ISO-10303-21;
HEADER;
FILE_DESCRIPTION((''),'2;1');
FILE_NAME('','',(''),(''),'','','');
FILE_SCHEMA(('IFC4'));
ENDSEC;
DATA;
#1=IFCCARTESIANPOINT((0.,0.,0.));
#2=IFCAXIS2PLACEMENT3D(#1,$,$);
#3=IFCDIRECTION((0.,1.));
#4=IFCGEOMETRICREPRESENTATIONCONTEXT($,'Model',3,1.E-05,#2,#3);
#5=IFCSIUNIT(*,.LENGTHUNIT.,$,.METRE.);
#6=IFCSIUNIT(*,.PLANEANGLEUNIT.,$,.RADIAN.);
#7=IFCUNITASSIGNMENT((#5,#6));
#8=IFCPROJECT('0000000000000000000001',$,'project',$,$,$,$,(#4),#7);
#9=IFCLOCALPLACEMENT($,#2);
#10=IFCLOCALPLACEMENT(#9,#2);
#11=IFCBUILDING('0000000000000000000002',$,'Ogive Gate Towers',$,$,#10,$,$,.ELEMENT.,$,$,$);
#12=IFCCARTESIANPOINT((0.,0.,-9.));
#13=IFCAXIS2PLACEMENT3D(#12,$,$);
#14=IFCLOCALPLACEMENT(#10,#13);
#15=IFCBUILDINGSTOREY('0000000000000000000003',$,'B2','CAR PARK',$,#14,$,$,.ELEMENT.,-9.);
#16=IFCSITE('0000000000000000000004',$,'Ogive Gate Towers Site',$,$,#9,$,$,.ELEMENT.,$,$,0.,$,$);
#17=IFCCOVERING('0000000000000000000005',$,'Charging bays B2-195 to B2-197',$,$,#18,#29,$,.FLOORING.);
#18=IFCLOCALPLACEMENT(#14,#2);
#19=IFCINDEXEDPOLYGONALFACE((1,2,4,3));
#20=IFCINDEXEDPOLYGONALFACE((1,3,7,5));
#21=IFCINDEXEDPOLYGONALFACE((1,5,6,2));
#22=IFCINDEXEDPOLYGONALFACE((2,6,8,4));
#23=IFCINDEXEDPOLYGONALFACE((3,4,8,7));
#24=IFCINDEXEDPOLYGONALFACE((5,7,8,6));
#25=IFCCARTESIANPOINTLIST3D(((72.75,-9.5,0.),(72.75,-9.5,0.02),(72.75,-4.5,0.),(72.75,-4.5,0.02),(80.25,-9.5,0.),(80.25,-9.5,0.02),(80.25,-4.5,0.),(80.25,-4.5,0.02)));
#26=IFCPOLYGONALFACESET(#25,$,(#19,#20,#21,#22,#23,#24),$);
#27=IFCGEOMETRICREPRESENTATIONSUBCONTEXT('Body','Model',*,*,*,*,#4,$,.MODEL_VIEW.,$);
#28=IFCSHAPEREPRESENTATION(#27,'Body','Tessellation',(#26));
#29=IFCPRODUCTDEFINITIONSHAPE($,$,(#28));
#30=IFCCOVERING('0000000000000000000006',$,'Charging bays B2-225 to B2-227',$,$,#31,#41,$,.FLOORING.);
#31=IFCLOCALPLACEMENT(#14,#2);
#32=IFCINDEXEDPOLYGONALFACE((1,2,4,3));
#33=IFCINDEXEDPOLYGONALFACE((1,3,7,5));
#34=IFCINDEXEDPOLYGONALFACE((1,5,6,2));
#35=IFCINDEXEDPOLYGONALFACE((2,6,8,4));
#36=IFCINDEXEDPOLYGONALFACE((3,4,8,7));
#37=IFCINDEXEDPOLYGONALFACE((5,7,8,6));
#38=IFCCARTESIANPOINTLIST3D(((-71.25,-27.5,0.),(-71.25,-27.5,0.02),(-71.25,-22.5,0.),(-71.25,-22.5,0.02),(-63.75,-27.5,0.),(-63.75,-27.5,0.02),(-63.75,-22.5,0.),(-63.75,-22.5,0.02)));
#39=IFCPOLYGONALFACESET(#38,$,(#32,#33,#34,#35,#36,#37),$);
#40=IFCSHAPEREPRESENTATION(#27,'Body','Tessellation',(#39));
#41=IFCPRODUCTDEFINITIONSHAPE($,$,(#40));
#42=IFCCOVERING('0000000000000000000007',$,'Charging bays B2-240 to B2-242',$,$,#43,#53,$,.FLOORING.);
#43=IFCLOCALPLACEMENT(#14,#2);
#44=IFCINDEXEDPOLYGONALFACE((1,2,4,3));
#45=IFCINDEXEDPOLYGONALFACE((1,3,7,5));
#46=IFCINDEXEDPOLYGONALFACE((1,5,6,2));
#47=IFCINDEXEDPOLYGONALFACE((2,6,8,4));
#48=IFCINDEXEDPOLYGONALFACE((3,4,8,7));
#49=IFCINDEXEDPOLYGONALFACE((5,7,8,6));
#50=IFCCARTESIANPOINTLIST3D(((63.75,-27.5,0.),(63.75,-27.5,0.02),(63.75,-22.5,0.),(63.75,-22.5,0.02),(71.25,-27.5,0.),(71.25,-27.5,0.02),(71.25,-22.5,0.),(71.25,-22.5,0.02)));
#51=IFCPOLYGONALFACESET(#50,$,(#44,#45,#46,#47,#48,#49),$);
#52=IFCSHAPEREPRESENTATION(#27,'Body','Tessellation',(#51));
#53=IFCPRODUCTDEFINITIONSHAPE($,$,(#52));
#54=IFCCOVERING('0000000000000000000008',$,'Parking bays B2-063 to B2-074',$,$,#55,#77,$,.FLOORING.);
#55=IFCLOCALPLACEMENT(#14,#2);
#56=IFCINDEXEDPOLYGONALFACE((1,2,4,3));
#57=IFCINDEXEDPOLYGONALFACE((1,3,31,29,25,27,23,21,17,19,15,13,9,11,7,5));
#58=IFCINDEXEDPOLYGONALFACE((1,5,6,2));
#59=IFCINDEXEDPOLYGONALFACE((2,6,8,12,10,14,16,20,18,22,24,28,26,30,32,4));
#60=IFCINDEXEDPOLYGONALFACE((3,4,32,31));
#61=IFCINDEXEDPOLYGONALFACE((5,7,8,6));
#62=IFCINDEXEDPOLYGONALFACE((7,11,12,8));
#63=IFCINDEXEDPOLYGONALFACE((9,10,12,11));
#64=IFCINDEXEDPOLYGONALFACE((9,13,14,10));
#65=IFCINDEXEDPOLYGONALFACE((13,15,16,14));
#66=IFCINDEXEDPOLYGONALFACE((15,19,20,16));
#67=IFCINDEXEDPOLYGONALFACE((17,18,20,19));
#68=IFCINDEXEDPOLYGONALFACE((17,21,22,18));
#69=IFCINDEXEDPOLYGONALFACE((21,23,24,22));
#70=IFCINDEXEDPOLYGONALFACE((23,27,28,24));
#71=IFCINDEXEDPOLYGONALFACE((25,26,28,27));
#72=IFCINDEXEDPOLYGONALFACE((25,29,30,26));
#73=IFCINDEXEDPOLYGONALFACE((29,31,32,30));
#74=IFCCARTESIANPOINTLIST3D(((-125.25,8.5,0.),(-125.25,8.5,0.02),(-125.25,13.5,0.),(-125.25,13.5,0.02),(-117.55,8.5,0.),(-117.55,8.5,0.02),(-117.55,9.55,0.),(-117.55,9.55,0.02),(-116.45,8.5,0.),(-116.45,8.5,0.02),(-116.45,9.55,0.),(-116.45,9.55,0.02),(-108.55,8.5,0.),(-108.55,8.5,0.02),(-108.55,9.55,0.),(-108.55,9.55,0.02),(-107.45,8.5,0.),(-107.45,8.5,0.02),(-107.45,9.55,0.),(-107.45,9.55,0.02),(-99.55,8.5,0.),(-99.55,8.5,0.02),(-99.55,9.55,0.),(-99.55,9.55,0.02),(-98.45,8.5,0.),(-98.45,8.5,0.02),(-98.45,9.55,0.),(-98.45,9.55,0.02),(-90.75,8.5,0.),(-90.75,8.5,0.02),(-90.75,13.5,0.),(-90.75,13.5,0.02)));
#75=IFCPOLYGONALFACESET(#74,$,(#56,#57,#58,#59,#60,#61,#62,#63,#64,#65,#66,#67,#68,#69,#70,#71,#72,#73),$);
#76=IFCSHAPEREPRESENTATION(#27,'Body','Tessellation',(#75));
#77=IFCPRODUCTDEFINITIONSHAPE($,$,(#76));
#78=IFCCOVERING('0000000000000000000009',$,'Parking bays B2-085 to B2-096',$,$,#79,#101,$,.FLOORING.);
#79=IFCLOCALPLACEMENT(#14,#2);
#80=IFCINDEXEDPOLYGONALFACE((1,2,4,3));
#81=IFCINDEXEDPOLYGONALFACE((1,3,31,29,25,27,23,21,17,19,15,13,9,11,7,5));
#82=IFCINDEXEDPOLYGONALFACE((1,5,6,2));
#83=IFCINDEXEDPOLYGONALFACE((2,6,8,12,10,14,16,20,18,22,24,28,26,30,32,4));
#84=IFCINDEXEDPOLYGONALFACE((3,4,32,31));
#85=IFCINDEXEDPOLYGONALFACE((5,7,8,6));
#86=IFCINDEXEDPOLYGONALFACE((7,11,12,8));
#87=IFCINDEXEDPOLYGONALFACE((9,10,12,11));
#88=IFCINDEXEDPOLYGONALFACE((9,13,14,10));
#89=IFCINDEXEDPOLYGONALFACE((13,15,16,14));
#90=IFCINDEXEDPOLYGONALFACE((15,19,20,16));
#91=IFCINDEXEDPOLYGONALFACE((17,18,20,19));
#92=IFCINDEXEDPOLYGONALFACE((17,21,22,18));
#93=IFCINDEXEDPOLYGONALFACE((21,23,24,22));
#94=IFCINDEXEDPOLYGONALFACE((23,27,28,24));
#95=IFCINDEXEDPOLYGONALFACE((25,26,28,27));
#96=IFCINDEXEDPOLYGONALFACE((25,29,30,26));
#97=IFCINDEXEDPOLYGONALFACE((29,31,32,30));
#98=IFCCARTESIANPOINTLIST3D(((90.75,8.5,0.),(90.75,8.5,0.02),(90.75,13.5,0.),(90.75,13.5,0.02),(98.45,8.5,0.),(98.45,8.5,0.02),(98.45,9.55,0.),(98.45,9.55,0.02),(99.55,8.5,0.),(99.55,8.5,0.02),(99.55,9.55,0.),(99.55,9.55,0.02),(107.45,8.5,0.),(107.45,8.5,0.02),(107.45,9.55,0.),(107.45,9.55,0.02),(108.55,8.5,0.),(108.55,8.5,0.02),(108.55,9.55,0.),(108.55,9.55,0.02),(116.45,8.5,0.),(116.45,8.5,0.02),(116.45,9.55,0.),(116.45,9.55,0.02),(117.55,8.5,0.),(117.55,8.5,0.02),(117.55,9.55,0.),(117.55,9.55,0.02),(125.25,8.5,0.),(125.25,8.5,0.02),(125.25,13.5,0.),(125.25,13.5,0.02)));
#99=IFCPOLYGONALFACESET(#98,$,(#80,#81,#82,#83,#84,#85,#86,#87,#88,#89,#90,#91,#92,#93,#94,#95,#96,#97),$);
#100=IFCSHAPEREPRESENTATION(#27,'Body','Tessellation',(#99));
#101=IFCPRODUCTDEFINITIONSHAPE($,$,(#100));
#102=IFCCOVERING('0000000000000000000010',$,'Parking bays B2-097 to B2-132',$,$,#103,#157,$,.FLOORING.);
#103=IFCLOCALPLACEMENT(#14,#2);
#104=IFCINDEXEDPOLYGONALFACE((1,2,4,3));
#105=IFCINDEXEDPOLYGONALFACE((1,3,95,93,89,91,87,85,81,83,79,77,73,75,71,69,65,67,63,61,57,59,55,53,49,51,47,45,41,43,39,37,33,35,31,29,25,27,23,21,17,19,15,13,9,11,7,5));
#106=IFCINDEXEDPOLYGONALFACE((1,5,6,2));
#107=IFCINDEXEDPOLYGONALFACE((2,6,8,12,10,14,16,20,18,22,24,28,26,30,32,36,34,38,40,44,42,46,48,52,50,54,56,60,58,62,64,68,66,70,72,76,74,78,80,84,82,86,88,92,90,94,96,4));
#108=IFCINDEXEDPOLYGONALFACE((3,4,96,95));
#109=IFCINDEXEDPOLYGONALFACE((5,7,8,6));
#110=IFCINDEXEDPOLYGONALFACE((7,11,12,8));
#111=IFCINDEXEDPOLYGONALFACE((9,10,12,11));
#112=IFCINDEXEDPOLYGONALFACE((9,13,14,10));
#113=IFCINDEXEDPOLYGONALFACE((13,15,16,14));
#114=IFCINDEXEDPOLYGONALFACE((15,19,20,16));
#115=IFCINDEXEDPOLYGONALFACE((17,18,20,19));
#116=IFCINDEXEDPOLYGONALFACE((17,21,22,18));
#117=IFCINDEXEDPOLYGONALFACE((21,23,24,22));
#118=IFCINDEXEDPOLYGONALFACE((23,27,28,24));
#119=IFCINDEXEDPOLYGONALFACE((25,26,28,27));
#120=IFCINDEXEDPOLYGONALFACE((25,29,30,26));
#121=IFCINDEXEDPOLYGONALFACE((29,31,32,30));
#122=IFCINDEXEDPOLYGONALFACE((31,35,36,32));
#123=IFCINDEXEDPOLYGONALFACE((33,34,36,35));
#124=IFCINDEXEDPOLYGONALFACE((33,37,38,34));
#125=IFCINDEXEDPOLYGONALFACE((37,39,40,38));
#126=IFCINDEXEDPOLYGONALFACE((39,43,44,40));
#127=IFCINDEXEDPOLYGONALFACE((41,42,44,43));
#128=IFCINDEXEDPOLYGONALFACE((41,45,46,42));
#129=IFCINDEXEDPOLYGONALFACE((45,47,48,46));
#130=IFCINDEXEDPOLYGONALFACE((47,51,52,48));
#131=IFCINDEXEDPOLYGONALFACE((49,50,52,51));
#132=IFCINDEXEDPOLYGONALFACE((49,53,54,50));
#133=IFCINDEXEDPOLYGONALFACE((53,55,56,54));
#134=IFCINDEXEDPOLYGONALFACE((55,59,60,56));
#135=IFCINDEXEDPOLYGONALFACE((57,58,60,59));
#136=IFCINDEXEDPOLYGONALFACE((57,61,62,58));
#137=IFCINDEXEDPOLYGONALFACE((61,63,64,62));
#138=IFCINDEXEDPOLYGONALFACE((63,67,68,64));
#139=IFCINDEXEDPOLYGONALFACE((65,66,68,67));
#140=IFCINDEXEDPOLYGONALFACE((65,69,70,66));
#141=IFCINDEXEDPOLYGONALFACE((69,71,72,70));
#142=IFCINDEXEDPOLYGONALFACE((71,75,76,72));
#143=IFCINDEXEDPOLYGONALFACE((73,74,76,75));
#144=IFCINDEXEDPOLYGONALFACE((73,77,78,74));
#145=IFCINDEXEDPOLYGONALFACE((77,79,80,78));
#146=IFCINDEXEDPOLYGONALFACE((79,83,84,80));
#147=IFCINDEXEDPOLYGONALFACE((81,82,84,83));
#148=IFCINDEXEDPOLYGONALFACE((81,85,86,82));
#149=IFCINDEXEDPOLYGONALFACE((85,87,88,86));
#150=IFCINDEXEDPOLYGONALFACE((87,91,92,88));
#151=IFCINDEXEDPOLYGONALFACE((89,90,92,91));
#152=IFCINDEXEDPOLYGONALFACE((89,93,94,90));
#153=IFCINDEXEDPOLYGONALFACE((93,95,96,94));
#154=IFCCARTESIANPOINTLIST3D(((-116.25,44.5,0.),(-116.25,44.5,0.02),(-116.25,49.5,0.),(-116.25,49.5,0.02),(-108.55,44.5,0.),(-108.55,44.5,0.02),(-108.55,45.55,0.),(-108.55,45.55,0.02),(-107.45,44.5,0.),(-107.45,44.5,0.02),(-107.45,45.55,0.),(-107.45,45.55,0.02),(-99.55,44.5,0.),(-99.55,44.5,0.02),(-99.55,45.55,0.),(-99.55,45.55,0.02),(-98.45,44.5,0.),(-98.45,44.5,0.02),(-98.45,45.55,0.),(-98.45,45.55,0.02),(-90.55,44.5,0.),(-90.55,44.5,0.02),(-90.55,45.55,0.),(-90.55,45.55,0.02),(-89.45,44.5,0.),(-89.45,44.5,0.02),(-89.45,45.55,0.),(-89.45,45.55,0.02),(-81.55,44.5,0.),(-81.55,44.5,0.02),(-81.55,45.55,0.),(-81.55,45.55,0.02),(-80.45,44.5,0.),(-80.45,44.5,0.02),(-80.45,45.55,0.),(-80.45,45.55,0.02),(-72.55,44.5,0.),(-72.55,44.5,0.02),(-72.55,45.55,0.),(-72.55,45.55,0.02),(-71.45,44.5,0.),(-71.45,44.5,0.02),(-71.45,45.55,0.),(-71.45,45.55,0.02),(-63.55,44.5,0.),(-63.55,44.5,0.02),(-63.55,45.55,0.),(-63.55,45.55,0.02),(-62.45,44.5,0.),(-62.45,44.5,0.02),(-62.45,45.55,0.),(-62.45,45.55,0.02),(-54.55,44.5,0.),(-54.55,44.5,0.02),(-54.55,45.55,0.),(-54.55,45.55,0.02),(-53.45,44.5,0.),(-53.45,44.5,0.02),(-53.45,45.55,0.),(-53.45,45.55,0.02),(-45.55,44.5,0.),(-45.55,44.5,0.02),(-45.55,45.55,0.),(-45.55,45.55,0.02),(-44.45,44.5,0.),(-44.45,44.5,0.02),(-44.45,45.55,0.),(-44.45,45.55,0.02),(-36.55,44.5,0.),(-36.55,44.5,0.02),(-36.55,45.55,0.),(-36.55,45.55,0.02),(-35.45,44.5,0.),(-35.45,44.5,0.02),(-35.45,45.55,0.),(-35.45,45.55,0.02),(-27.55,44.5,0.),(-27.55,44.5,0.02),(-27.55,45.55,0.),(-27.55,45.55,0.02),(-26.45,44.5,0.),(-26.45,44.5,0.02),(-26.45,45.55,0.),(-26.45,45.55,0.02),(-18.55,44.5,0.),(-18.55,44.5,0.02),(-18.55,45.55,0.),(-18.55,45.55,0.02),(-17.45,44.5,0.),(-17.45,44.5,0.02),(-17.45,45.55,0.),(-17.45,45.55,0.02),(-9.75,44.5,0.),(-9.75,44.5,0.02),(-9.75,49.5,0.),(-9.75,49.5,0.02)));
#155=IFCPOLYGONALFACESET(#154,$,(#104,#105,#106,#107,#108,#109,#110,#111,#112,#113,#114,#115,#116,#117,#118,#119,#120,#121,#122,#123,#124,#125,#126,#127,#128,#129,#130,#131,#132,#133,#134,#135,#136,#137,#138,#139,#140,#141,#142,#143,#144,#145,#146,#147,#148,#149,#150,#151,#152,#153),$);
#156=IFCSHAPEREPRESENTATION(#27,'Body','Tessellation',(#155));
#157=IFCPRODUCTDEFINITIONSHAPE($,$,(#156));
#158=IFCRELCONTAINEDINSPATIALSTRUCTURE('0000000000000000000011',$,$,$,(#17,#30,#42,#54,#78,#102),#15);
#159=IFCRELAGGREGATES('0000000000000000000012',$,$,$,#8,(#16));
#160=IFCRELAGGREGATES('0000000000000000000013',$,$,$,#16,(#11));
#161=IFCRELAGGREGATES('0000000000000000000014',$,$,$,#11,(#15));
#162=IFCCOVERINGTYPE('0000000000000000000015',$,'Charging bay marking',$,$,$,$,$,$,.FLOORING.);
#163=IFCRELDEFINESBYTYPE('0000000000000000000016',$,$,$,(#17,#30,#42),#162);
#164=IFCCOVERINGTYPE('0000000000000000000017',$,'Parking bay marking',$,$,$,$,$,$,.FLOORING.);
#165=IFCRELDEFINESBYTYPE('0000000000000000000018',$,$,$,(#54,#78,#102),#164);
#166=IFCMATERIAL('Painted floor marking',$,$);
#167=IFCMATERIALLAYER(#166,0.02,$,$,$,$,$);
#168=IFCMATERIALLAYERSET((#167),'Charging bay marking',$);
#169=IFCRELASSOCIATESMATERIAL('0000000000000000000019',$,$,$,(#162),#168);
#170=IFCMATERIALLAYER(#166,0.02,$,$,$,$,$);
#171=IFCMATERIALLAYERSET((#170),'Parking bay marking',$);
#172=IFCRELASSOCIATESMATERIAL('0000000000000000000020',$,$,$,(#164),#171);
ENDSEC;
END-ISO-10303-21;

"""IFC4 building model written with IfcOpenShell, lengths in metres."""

from ifc_helpers import new_model, si_unit, direction, frame, origin, place, context, subcontext, project, spatial, polyline, outline, extrude, material, layer, layer_set, type_object, element, save


model = new_model("IFC4")

# Units and contexts
model_context = context("Model", 3, precision=1e-05, world=origin(), true_north=direction((0.0, 1.0)))
body_context = subcontext(model_context, "Body", "Model", "MODEL_VIEW")
ifc_project = project(units=[si_unit("LENGTHUNIT", "METRE"), si_unit("PLANEANGLEUNIT", "RADIAN")], contexts=[model_context])

# Site, building, storey
site_placement = place(None, origin())
site = spatial("IfcSite", under=ifc_project, at=site_placement, Name="Ogive Gate Towers Site", CompositionType="ELEMENT", RefElevation=0.0)
building_placement = place(site_placement, origin())
building = spatial("IfcBuilding", under=site, at=building_placement, Name="Ogive Gate Towers", CompositionType="ELEMENT")
storey_placement = place(building_placement, frame((0.0, 0.0, -9.0)))
storey = spatial("IfcBuildingStorey", under=building, at=storey_placement, Name="B2", Description="CAR PARK", CompositionType="ELEMENT", Elevation=-9.0)

# Coverings
ifc_material_1 = material(Name="Painted floor marking")
ifc_layer_1 = layer(ifc_material_1, 0.02)
ifc_layer_set_1 = layer_set([ifc_layer_1], Name="Charging bay marking")
covering_type_1 = type_object("IfcCoveringType", Name="Charging bay marking", PredefinedType="FLOORING", material=ifc_layer_set_1)
covering_1_placement = place(storey_placement, origin())
element("IfcCovering", 1, at=covering_1_placement, inside=storey, type_object=covering_type_1, Name="Charging bays B2-195 to B2-197", PredefinedType="FLOORING", context=body_context, shape_type="SweptSolid", body=[
    extrude(outline(polyline([(80.25, -4.5), (80.25, -9.5), (72.75, -9.5), (72.75, -4.5), (80.25, -4.5)])), origin(), (0.0, 0.0, 1.0), 0.02),
])
covering_2_placement = place(storey_placement, origin())
element("IfcCovering", 2, at=covering_2_placement, inside=storey, type_object=covering_type_1, Name="Charging bays B2-225 to B2-227", PredefinedType="FLOORING", context=body_context, shape_type="SweptSolid", body=[
    extrude(outline(polyline([(-63.75, -22.5), (-63.75, -27.5), (-71.25, -27.5), (-71.25, -22.5), (-63.75, -22.5)])), origin(), (0.0, 0.0, 1.0), 0.02),
])
covering_3_placement = place(storey_placement, origin())
element("IfcCovering", 3, at=covering_3_placement, inside=storey, type_object=covering_type_1, Name="Charging bays B2-240 to B2-242", PredefinedType="FLOORING", context=body_context, shape_type="SweptSolid", body=[
    extrude(outline(polyline([(71.25, -22.5), (71.25, -27.5), (63.75, -27.5), (63.75, -22.5), (71.25, -22.5)])), origin(), (0.0, 0.0, 1.0), 0.02),
])
ifc_layer_2 = layer(ifc_material_1, 0.02)
ifc_layer_set_2 = layer_set([ifc_layer_2], Name="Parking bay marking")
covering_type_2 = type_object("IfcCoveringType", Name="Parking bay marking", PredefinedType="FLOORING", material=ifc_layer_set_2)
covering_4_placement = place(storey_placement, origin())
element("IfcCovering", 4, at=covering_4_placement, inside=storey, type_object=covering_type_2, Name="Parking bays B2-063 to B2-074", PredefinedType="FLOORING", context=body_context, shape_type="SweptSolid", body=[
    extrude(outline(polyline([(-125.25, 13.5), (-90.75, 13.5), (-90.75, 8.5), (-98.45, 8.5), (-98.45, 9.55), (-99.55, 9.55), (-99.55, 8.5), (-107.45, 8.5), (-107.45, 9.55), (-108.55, 9.55), (-108.55, 8.5), (-116.45, 8.5), (-116.45, 9.55), (-117.55, 9.55), (-117.55, 8.5), (-125.25, 8.5), (-125.25, 13.5)])), origin(), (0.0, 0.0, 1.0), 0.02),
])
covering_5_placement = place(storey_placement, origin())
element("IfcCovering", 5, at=covering_5_placement, inside=storey, type_object=covering_type_2, Name="Parking bays B2-085 to B2-096", PredefinedType="FLOORING", context=body_context, shape_type="SweptSolid", body=[
    extrude(outline(polyline([(90.75, 13.5), (125.25, 13.5), (125.25, 8.5), (117.55, 8.5), (117.55, 9.55), (116.45, 9.55), (116.45, 8.5), (108.55, 8.5), (108.55, 9.55), (107.45, 9.55), (107.45, 8.5), (99.55, 8.5), (99.55, 9.55), (98.45, 9.55), (98.45, 8.5), (90.75, 8.5), (90.75, 13.5)])), origin(), (0.0, 0.0, 1.0), 0.02),
])
covering_6_placement = place(storey_placement, origin())
element("IfcCovering", 6, at=covering_6_placement, inside=storey, type_object=covering_type_2, Name="Parking bays B2-097 to B2-132", PredefinedType="FLOORING", context=body_context, shape_type="SweptSolid", body=[
    extrude(outline(polyline([(-9.75, 49.5), (-9.75, 44.5), (-17.45, 44.5), (-17.45, 45.55), (-18.55, 45.55), (-18.55, 44.5), (-26.45, 44.5), (-26.45, 45.55), (-27.55, 45.55), (-27.55, 44.5), (-35.45, 44.5), (-35.45, 45.55), (-36.55, 45.55), (-36.55, 44.5), (-44.45, 44.5), (-44.45, 45.55), (-45.55, 45.55), (-45.55, 44.5), (-53.45, 44.5), (-53.45, 45.55), (-54.55, 45.55), (-54.55, 44.5), (-62.45, 44.5), (-62.45, 45.55), (-63.55, 45.55), (-63.55, 44.5), (-71.45, 44.5), (-71.45, 45.55), (-72.55, 45.55), (-72.55, 44.5), (-80.45, 44.5), (-80.45, 45.55), (-81.55, 45.55), (-81.55, 44.5), (-89.45, 44.5), (-89.45, 45.55), (-90.55, 45.55), (-90.55, 44.5), (-98.45, 44.5), (-98.45, 45.55), (-99.55, 45.55), (-99.55, 44.5), (-107.45, 44.5), (-107.45, 45.55), (-108.55, 45.55), (-108.55, 44.5), (-116.25, 44.5), (-116.25, 49.5), (-9.75, 49.5)])), origin(), (0.0, 0.0, 1.0), 0.02),
])

save(model, "model.ifc")
